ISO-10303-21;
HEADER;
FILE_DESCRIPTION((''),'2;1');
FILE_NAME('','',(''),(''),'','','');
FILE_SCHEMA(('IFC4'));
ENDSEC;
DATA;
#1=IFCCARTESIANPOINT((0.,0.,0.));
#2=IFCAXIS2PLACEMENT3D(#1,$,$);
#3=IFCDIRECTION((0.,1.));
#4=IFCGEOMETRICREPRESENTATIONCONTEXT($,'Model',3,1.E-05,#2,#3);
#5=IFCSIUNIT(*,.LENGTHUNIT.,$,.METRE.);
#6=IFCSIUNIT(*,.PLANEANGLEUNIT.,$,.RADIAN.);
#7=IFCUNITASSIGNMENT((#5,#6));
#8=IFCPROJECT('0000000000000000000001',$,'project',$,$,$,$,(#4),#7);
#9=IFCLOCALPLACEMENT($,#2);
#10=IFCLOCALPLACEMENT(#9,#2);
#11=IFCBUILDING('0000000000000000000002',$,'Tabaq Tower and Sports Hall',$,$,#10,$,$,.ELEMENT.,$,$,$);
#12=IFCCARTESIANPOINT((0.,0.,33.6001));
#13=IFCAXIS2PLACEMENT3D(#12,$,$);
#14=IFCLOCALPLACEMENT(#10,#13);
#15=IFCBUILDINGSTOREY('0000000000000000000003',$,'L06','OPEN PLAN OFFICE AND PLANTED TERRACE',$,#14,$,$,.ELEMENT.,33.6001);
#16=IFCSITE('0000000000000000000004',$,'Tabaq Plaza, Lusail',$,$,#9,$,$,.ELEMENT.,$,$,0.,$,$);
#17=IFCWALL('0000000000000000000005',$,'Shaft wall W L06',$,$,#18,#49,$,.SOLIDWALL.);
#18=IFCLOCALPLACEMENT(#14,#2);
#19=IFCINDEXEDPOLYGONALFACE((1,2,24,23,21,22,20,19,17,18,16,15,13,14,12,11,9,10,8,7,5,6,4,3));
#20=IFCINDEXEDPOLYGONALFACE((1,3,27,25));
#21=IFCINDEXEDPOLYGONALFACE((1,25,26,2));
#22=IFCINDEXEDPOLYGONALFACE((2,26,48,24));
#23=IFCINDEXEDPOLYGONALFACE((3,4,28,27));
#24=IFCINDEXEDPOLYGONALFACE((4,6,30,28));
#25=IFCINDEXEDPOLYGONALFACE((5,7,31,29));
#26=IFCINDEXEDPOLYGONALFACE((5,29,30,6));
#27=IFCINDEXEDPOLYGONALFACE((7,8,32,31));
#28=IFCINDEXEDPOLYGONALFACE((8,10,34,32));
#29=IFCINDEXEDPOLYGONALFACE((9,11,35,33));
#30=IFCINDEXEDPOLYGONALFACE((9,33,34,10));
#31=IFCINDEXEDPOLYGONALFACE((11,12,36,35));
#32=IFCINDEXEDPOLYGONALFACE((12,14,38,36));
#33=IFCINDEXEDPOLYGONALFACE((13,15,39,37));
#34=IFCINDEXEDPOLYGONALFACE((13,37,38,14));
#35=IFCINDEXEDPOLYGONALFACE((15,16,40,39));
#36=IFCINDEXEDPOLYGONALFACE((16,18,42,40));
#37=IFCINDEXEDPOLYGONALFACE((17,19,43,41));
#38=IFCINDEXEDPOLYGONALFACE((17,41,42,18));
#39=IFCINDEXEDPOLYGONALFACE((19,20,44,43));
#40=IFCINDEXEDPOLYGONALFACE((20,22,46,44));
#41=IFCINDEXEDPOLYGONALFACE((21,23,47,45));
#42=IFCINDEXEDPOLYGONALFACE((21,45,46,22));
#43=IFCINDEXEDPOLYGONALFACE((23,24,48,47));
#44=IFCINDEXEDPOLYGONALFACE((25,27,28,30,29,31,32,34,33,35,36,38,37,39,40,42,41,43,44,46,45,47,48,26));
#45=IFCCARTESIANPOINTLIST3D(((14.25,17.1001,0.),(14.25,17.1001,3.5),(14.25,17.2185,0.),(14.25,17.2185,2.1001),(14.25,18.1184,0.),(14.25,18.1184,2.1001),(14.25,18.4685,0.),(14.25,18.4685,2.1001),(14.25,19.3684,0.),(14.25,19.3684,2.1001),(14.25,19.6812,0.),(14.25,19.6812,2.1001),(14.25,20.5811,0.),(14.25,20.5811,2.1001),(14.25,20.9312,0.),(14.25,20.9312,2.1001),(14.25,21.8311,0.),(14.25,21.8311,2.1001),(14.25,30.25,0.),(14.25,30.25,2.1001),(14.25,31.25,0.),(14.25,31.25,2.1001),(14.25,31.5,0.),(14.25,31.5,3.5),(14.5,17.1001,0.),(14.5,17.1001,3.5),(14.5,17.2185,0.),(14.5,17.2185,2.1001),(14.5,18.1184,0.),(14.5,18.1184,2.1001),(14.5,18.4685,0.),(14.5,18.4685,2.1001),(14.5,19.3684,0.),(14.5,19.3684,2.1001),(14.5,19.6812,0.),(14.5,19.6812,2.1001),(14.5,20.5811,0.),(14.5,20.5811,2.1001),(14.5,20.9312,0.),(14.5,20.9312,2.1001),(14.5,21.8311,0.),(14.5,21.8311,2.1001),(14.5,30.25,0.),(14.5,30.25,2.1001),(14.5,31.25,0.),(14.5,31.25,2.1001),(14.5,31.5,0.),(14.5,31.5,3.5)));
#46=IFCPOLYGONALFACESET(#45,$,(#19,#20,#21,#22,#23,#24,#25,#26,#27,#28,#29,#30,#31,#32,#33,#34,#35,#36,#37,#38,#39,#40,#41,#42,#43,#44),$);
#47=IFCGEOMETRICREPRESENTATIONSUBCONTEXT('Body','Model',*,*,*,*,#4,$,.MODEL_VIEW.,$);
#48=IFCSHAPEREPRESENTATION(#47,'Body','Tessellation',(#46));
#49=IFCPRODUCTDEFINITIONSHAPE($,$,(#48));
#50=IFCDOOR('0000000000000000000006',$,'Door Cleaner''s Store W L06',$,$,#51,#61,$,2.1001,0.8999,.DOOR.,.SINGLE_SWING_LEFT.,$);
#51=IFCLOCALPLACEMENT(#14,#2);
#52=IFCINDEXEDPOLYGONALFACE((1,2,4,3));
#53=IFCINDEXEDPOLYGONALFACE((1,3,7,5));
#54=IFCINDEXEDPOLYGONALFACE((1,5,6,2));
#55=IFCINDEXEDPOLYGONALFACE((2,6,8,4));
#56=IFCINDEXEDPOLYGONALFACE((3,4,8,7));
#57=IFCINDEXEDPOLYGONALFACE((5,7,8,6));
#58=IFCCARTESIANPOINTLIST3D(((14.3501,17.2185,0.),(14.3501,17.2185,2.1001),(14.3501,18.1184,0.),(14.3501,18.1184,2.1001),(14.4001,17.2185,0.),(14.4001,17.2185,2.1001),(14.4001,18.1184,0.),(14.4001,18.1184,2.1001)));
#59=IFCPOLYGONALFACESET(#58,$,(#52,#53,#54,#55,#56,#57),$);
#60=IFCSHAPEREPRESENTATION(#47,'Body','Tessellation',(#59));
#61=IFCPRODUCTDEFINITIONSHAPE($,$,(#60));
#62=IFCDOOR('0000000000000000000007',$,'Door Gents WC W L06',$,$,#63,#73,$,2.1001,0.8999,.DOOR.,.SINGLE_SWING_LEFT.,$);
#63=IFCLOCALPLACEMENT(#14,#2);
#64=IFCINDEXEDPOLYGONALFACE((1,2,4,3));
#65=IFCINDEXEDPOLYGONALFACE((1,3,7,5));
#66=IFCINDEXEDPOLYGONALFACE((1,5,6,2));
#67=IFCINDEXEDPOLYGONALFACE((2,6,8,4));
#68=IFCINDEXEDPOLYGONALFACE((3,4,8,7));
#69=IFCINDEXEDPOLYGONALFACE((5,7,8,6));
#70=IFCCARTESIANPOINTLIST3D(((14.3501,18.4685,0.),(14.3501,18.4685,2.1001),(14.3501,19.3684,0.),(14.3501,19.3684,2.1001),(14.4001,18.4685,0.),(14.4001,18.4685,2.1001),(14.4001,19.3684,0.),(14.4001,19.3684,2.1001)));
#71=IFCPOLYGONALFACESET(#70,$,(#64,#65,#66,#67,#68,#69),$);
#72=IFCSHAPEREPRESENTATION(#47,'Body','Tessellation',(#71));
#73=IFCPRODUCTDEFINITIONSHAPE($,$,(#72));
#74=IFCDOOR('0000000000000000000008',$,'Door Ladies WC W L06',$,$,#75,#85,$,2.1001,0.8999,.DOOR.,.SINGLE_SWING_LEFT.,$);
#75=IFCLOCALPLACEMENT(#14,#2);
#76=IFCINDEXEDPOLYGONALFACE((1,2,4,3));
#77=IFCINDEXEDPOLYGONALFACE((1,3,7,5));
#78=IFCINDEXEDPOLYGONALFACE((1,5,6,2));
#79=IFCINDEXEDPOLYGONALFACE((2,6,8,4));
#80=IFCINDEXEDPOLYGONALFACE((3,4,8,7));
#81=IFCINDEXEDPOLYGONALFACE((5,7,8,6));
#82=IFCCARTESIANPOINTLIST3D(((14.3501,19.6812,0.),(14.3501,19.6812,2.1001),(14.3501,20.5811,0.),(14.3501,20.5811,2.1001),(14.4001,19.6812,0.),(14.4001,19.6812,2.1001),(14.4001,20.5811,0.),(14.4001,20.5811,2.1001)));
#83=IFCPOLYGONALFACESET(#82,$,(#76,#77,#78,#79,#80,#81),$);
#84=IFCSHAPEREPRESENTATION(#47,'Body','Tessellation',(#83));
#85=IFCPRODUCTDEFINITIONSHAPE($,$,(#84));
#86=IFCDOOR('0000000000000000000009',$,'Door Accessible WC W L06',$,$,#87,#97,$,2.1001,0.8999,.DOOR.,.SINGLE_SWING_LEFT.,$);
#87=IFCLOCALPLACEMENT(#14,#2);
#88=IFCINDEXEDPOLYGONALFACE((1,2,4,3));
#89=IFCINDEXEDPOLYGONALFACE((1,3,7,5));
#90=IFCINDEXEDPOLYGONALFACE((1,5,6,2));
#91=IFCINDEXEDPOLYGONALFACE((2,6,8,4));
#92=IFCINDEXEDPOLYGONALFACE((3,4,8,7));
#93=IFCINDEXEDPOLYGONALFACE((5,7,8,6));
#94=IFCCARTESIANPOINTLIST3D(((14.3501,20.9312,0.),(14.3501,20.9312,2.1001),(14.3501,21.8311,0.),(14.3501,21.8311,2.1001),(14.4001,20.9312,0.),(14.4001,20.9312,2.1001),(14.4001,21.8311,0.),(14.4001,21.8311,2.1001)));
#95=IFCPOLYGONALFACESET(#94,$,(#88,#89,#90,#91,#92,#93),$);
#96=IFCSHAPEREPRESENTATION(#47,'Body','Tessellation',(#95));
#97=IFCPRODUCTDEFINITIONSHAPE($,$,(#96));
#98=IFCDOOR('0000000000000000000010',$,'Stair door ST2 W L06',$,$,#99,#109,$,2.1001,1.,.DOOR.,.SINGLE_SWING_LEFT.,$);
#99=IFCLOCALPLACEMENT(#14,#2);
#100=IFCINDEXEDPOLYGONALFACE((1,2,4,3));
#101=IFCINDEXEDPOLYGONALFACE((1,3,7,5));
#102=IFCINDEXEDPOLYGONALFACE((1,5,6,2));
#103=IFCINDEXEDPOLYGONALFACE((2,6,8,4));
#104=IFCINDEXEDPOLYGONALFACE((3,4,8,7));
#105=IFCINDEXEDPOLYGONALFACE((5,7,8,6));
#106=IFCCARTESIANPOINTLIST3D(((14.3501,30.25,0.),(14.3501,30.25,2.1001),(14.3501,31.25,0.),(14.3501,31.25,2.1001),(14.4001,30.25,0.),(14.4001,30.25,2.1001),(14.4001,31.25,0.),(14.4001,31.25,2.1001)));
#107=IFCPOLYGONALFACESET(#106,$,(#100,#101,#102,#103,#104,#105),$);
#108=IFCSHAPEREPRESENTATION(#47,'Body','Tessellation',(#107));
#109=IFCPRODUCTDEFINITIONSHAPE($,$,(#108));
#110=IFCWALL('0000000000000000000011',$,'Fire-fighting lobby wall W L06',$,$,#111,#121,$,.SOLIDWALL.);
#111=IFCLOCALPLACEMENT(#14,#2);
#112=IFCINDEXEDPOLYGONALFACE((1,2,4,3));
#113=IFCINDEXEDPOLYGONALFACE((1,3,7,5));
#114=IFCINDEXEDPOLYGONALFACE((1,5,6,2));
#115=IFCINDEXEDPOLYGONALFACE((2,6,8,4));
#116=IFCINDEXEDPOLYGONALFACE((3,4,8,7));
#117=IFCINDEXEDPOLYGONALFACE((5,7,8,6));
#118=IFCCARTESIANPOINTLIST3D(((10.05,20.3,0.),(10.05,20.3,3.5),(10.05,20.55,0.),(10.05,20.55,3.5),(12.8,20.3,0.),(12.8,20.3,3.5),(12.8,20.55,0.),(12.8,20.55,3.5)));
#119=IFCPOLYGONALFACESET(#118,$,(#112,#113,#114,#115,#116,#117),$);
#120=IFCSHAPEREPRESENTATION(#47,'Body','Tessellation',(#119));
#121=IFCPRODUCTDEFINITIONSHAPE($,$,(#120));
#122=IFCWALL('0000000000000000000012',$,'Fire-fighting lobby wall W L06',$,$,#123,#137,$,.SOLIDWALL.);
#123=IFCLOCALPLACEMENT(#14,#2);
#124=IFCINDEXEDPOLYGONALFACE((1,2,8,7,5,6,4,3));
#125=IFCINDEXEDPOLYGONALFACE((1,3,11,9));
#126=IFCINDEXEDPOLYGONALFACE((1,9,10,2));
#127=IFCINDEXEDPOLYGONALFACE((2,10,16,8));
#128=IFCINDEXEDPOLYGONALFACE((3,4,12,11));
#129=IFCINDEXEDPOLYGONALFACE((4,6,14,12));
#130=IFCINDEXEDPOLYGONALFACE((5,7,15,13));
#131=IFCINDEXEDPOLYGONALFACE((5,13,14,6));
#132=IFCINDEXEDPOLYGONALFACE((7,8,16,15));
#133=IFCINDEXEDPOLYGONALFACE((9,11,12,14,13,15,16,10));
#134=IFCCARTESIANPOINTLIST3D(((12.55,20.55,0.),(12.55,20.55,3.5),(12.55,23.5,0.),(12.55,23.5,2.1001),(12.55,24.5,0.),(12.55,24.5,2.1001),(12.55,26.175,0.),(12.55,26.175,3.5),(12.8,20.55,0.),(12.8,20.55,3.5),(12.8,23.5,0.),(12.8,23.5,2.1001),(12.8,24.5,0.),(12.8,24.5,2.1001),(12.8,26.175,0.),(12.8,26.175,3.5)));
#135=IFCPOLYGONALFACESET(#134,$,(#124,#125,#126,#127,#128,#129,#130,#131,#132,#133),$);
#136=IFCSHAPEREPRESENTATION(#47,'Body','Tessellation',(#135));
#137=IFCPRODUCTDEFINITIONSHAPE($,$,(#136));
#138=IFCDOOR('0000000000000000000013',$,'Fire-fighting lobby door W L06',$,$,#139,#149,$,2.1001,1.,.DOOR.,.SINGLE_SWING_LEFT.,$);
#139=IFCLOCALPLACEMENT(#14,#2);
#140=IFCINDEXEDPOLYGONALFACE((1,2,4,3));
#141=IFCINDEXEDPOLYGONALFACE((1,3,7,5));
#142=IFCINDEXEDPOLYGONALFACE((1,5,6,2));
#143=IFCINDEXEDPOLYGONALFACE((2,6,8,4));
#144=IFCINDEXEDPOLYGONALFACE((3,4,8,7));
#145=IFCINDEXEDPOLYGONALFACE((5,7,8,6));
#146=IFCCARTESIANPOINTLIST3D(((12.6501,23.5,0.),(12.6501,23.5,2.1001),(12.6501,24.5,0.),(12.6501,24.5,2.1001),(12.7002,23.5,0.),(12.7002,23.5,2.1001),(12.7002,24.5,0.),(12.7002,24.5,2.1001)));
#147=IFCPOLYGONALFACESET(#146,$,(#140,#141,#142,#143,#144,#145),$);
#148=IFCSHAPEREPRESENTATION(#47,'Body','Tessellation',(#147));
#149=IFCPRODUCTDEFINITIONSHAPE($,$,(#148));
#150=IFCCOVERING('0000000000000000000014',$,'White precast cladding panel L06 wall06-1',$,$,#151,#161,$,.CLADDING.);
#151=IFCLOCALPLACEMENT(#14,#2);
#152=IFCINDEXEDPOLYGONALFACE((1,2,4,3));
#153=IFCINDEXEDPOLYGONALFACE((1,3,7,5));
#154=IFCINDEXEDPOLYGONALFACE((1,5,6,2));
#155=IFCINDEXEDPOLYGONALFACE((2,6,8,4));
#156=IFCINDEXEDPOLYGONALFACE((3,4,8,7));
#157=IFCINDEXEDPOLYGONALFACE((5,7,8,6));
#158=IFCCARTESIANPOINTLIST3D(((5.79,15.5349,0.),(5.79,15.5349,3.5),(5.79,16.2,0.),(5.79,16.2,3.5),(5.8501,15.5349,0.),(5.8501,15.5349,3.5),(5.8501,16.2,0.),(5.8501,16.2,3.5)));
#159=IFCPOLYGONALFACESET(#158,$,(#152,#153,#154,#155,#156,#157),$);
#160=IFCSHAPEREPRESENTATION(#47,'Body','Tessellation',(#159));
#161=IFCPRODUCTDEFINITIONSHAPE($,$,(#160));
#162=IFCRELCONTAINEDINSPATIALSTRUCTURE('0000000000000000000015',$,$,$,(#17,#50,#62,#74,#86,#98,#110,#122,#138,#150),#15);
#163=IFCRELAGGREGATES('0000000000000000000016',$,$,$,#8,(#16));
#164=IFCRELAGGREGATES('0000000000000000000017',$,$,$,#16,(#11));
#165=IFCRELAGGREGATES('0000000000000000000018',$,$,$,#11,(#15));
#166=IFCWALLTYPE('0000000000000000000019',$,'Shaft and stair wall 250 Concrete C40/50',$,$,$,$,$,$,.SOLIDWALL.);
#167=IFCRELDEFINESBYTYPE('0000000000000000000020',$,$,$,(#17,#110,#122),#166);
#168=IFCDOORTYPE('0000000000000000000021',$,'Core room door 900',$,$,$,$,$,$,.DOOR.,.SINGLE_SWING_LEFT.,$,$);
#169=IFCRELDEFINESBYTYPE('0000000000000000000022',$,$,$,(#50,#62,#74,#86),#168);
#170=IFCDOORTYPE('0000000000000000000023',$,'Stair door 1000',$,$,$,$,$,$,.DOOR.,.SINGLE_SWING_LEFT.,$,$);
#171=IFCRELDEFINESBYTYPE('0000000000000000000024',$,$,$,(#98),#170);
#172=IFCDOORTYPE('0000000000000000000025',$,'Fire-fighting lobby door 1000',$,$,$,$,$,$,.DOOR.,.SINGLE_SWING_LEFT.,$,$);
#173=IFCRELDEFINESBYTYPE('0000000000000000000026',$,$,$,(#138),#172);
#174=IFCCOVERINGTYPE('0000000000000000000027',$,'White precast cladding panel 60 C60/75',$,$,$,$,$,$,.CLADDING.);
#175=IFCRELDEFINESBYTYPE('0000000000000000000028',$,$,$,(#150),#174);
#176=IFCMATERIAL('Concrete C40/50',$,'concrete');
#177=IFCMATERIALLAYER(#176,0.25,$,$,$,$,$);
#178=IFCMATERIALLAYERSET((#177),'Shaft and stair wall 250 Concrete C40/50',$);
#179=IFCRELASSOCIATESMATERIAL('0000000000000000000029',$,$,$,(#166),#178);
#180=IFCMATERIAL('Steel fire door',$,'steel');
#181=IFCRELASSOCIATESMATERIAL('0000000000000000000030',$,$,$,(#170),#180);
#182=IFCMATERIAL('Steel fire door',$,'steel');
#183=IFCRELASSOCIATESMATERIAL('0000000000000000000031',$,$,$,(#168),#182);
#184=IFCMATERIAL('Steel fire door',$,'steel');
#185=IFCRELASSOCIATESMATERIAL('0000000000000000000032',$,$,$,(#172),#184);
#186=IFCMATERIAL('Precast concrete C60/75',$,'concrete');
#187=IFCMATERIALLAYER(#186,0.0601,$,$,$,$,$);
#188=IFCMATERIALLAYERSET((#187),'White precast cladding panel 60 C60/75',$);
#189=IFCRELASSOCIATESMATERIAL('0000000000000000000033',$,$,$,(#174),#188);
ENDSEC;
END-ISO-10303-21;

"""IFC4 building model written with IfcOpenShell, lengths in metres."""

from ifc_helpers import new_model, si_unit, direction, frame, frame_2d, origin, place, context, subcontext, project, spatial, rectangle, extrude, material, layer, layer_set, type_object, element, fill, save


model = new_model("IFC4")

# Units and contexts
model_context = context("Model", 3, precision=1e-05, world=origin(), true_north=direction((0.0, 1.0)))
body_context = subcontext(model_context, "Body", "Model", "MODEL_VIEW")
ifc_project = project(units=[si_unit("LENGTHUNIT", "METRE"), si_unit("PLANEANGLEUNIT", "RADIAN")], contexts=[model_context])

# Site, building, storey
site_placement = place(None, origin())
site = spatial("IfcSite", under=ifc_project, at=site_placement, Name="Tabaq Plaza, Lusail", CompositionType="ELEMENT", RefElevation=0.0)
building_placement = place(site_placement, origin())
building = spatial("IfcBuilding", under=site, at=building_placement, Name="Tabaq Tower and Sports Hall", CompositionType="ELEMENT")
storey_placement = place(building_placement, frame((0.0, 0.0, 33.6001)))
storey = spatial("IfcBuildingStorey", under=building, at=storey_placement, Name="L06", Description="OPEN PLAN OFFICE AND PLANTED TERRACE", CompositionType="ELEMENT", Elevation=33.6001)

# Wall, openings, doors
ifc_material_1 = material(Name="Concrete C40/50", Category="concrete")
ifc_layer_1 = layer(ifc_material_1, 0.25)
ifc_layer_set_1 = layer_set([ifc_layer_1], Name="Shaft and stair wall 250 Concrete C40/50")
wall_type_1 = type_object("IfcWallType", Name="Shaft and stair wall 250 Concrete C40/50", PredefinedType="SOLIDWALL", material=ifc_layer_set_1)
ifc_material_2 = material(Name="Steel fire door", Category="steel")
door_type_1 = type_object("IfcDoorType", Name="Stair door 1000", OperationType="SINGLE_SWING_LEFT", PredefinedType="DOOR", material=ifc_material_2)
wall_1_placement = place(storey_placement, frame((14.375, 17.1001, 0.0), z_axis=(0.0, 0.0, 1.0), x_axis=(0.0, 1.0, 0.0)))
wall_1 = element("IfcWall", 1, at=wall_1_placement, inside=storey, type_object=wall_type_1, Name="Shaft wall W L06", PredefinedType="SOLIDWALL", context=body_context, shape_type="SweptSolid", body=[
    extrude(rectangle(XDim=14.3999, YDim=0.25, at=frame_2d((7.2, 0.0))), origin(), (0.0, 0.0, 1.0), 3.5),
])
opening_1_placement = place(wall_1_placement, frame((13.1499, 0.0, 0.0)))
opening_1 = element("IfcOpeningElement", 2, at=opening_1_placement, cuts=wall_1, PredefinedType="OPENING", context=body_context, shape_type="SweptSolid", body=[
    extrude(rectangle(XDim=1.0, YDim=2.1001, at=frame_2d((0.5, 1.05))), frame((0.0, 0.125, 0.0), z_axis=(0.0, -1.0, 0.0), x_axis=(1.0, 0.0, 0.0)), (0.0, 0.0, 1.0), 0.25),
])
opening_2_placement = place(wall_1_placement, frame((0.1184, 0.0, 0.0)))
opening_2 = element("IfcOpeningElement", 3, at=opening_2_placement, cuts=wall_1, PredefinedType="OPENING", context=body_context, shape_type="SweptSolid", body=[
    extrude(rectangle(XDim=0.8999, YDim=2.1001, at=frame_2d((0.45, 1.05))), frame((0.0, 0.125, 0.0), z_axis=(0.0, -1.0, 0.0), x_axis=(1.0, 0.0, 0.0)), (0.0, 0.0, 1.0), 0.25),
])
opening_3_placement = place(wall_1_placement, frame((1.3684, 0.0, 0.0)))
opening_3 = element("IfcOpeningElement", 4, at=opening_3_placement, cuts=wall_1, PredefinedType="OPENING", context=body_context, shape_type="SweptSolid", body=[
    extrude(rectangle(XDim=0.8999, YDim=2.1001, at=frame_2d((0.45, 1.05))), frame((0.0, 0.125, 0.0), z_axis=(0.0, -1.0, 0.0), x_axis=(1.0, 0.0, 0.0)), (0.0, 0.0, 1.0), 0.25),
])
opening_4_placement = place(wall_1_placement, frame((2.5811, 0.0, 0.0)))
opening_4 = element("IfcOpeningElement", 5, at=opening_4_placement, cuts=wall_1, PredefinedType="OPENING", context=body_context, shape_type="SweptSolid", body=[
    extrude(rectangle(XDim=0.8999, YDim=2.1001, at=frame_2d((0.45, 1.05))), frame((0.0, 0.125, 0.0), z_axis=(0.0, -1.0, 0.0), x_axis=(1.0, 0.0, 0.0)), (0.0, 0.0, 1.0), 0.25),
])
opening_5_placement = place(wall_1_placement, frame((3.8311, 0.0, 0.0)))
opening_5 = element("IfcOpeningElement", 6, at=opening_5_placement, cuts=wall_1, PredefinedType="OPENING", context=body_context, shape_type="SweptSolid", body=[
    extrude(rectangle(XDim=0.8999, YDim=2.1001, at=frame_2d((0.45, 1.05))), frame((0.0, 0.125, 0.0), z_axis=(0.0, -1.0, 0.0), x_axis=(1.0, 0.0, 0.0)), (0.0, 0.0, 1.0), 0.25),
])
ifc_material_3 = material(Name="Steel fire door", Category="steel")
door_type_2 = type_object("IfcDoorType", Name="Core room door 900", OperationType="SINGLE_SWING_LEFT", PredefinedType="DOOR", material=ifc_material_3)
door_1_placement = place(opening_2_placement, origin())
door_1 = element("IfcDoor", 7, at=door_1_placement, inside=storey, type_object=door_type_2, Name="Door Cleaner's Store W L06", OperationType="SINGLE_SWING_LEFT", OverallHeight=2.1001, OverallWidth=0.8999, PredefinedType="DOOR", context=body_context, shape_type="SweptSolid", body=[
    extrude(rectangle(XDim=0.8999, YDim=2.1001, at=frame_2d((0.45, 1.05))), frame((0.0, 0.0249, 0.0), z_axis=(0.0, -1.0, 0.0), x_axis=(1.0, 0.0, 0.0)), (0.0, 0.0, 1.0), 0.05),
])
fill(opening_2, door_1)
door_2_placement = place(opening_3_placement, origin())
door_2 = element("IfcDoor", 8, at=door_2_placement, inside=storey, type_object=door_type_2, Name="Door Gents WC W L06", OperationType="SINGLE_SWING_LEFT", OverallHeight=2.1001, OverallWidth=0.8999, PredefinedType="DOOR", context=body_context, shape_type="SweptSolid", body=[
    extrude(rectangle(XDim=0.8999, YDim=2.1001, at=frame_2d((0.45, 1.05))), frame((0.0, 0.0249, 0.0), z_axis=(0.0, -1.0, 0.0), x_axis=(1.0, 0.0, 0.0)), (0.0, 0.0, 1.0), 0.05),
])
fill(opening_3, door_2)
door_3_placement = place(opening_4_placement, origin())
door_3 = element("IfcDoor", 9, at=door_3_placement, inside=storey, type_object=door_type_2, Name="Door Ladies WC W L06", OperationType="SINGLE_SWING_LEFT", OverallHeight=2.1001, OverallWidth=0.8999, PredefinedType="DOOR", context=body_context, shape_type="SweptSolid", body=[
    extrude(rectangle(XDim=0.8999, YDim=2.1001, at=frame_2d((0.45, 1.05))), frame((0.0, 0.0249, 0.0), z_axis=(0.0, -1.0, 0.0), x_axis=(1.0, 0.0, 0.0)), (0.0, 0.0, 1.0), 0.05),
])
fill(opening_4, door_3)
door_4_placement = place(opening_5_placement, origin())
door_4 = element("IfcDoor", 10, at=door_4_placement, inside=storey, type_object=door_type_2, Name="Door Accessible WC W L06", OperationType="SINGLE_SWING_LEFT", OverallHeight=2.1001, OverallWidth=0.8999, PredefinedType="DOOR", context=body_context, shape_type="SweptSolid", body=[
    extrude(rectangle(XDim=0.8999, YDim=2.1001, at=frame_2d((0.45, 1.05))), frame((0.0, 0.0249, 0.0), z_axis=(0.0, -1.0, 0.0), x_axis=(1.0, 0.0, 0.0)), (0.0, 0.0, 1.0), 0.05),
])
fill(opening_5, door_4)
door_5_placement = place(opening_1_placement, origin())
door_5 = element("IfcDoor", 11, at=door_5_placement, inside=storey, type_object=door_type_1, Name="Stair door ST2 W L06", OperationType="SINGLE_SWING_LEFT", OverallHeight=2.1001, OverallWidth=1.0, PredefinedType="DOOR", context=body_context, shape_type="SweptSolid", body=[
    extrude(rectangle(XDim=1.0, YDim=2.1001, at=frame_2d((0.5, 1.05))), frame((0.0, 0.0249, 0.0), z_axis=(0.0, -1.0, 0.0), x_axis=(1.0, 0.0, 0.0)), (0.0, 0.0, 1.0), 0.05),
])
fill(opening_1, door_5)

# Wall
wall_2_placement = place(storey_placement, frame((10.05, 20.425, 0.0), z_axis=(0.0, 0.0, 1.0), x_axis=(1.0, 0.0, 0.0)))
element("IfcWall", 12, at=wall_2_placement, inside=storey, type_object=wall_type_1, Name="Fire-fighting lobby wall W L06", PredefinedType="SOLIDWALL", context=body_context, shape_type="SweptSolid", body=[
    extrude(rectangle(XDim=2.75, YDim=0.25, at=frame_2d((1.375, 0.0))), origin(), (0.0, 0.0, 1.0), 3.5),
])

# Wall, opening, door
wall_3_placement = place(storey_placement, frame((12.675, 20.55, 0.0), z_axis=(0.0, 0.0, 1.0), x_axis=(0.0, 1.0, 0.0)))
wall_3 = element("IfcWall", 13, at=wall_3_placement, inside=storey, type_object=wall_type_1, Name="Fire-fighting lobby wall W L06", PredefinedType="SOLIDWALL", context=body_context, shape_type="SweptSolid", body=[
    extrude(rectangle(XDim=5.625, YDim=0.25, at=frame_2d((2.8125, 0.0))), origin(), (0.0, 0.0, 1.0), 3.5),
])
opening_6_placement = place(wall_3_placement, frame((2.95, 0.0, 0.0)))
opening_6 = element("IfcOpeningElement", 14, at=opening_6_placement, cuts=wall_3, PredefinedType="OPENING", context=body_context, shape_type="SweptSolid", body=[
    extrude(rectangle(XDim=1.0, YDim=2.1001, at=frame_2d((0.5, 1.05))), frame((0.0, 0.125, 0.0), z_axis=(0.0, -1.0, 0.0), x_axis=(1.0, 0.0, 0.0)), (0.0, 0.0, 1.0), 0.25),
])
ifc_material_4 = material(Name="Steel fire door", Category="steel")
door_type_3 = type_object("IfcDoorType", Name="Fire-fighting lobby door 1000", OperationType="SINGLE_SWING_LEFT", PredefinedType="DOOR", material=ifc_material_4)
door_6_placement = place(opening_6_placement, origin())
door_6 = element("IfcDoor", 15, at=door_6_placement, inside=storey, type_object=door_type_3, Name="Fire-fighting lobby door W L06", OperationType="SINGLE_SWING_LEFT", OverallHeight=2.1001, OverallWidth=1.0, PredefinedType="DOOR", context=body_context, shape_type="SweptSolid", body=[
    extrude(rectangle(XDim=1.0, YDim=2.1001, at=frame_2d((0.5, 1.05))), frame((0.0, 0.0249, 0.0), z_axis=(0.0, -1.0, 0.0), x_axis=(1.0, 0.0, 0.0)), (0.0, 0.0, 1.0), 0.05),
])
fill(opening_6, door_6)

# Covering
ifc_material_5 = material(Name="Precast concrete C60/75", Category="concrete")
ifc_layer_2 = layer(ifc_material_5, 0.0601)
ifc_layer_set_2 = layer_set([ifc_layer_2], Name="White precast cladding panel 60 C60/75")
covering_type = type_object("IfcCoveringType", Name="White precast cladding panel 60 C60/75", PredefinedType="CLADDING", material=ifc_layer_set_2)
covering_1_placement = place(storey_placement, frame((5.8201, 16.2, 0.0), z_axis=(0.0, 0.0, 1.0), x_axis=(0.0, -1.0, 0.0)))
element("IfcCovering", 16, at=covering_1_placement, inside=storey, type_object=covering_type, Name="White precast cladding panel L06 wall06-1", PredefinedType="CLADDING", context=body_context, shape_type="SweptSolid", body=[
    extrude(rectangle(XDim=0.665, YDim=0.0601, at=frame_2d((0.3325, 0.0))), origin(), (0.0, 0.0, 1.0), 3.5),
])

save(model, "model.ifc")
